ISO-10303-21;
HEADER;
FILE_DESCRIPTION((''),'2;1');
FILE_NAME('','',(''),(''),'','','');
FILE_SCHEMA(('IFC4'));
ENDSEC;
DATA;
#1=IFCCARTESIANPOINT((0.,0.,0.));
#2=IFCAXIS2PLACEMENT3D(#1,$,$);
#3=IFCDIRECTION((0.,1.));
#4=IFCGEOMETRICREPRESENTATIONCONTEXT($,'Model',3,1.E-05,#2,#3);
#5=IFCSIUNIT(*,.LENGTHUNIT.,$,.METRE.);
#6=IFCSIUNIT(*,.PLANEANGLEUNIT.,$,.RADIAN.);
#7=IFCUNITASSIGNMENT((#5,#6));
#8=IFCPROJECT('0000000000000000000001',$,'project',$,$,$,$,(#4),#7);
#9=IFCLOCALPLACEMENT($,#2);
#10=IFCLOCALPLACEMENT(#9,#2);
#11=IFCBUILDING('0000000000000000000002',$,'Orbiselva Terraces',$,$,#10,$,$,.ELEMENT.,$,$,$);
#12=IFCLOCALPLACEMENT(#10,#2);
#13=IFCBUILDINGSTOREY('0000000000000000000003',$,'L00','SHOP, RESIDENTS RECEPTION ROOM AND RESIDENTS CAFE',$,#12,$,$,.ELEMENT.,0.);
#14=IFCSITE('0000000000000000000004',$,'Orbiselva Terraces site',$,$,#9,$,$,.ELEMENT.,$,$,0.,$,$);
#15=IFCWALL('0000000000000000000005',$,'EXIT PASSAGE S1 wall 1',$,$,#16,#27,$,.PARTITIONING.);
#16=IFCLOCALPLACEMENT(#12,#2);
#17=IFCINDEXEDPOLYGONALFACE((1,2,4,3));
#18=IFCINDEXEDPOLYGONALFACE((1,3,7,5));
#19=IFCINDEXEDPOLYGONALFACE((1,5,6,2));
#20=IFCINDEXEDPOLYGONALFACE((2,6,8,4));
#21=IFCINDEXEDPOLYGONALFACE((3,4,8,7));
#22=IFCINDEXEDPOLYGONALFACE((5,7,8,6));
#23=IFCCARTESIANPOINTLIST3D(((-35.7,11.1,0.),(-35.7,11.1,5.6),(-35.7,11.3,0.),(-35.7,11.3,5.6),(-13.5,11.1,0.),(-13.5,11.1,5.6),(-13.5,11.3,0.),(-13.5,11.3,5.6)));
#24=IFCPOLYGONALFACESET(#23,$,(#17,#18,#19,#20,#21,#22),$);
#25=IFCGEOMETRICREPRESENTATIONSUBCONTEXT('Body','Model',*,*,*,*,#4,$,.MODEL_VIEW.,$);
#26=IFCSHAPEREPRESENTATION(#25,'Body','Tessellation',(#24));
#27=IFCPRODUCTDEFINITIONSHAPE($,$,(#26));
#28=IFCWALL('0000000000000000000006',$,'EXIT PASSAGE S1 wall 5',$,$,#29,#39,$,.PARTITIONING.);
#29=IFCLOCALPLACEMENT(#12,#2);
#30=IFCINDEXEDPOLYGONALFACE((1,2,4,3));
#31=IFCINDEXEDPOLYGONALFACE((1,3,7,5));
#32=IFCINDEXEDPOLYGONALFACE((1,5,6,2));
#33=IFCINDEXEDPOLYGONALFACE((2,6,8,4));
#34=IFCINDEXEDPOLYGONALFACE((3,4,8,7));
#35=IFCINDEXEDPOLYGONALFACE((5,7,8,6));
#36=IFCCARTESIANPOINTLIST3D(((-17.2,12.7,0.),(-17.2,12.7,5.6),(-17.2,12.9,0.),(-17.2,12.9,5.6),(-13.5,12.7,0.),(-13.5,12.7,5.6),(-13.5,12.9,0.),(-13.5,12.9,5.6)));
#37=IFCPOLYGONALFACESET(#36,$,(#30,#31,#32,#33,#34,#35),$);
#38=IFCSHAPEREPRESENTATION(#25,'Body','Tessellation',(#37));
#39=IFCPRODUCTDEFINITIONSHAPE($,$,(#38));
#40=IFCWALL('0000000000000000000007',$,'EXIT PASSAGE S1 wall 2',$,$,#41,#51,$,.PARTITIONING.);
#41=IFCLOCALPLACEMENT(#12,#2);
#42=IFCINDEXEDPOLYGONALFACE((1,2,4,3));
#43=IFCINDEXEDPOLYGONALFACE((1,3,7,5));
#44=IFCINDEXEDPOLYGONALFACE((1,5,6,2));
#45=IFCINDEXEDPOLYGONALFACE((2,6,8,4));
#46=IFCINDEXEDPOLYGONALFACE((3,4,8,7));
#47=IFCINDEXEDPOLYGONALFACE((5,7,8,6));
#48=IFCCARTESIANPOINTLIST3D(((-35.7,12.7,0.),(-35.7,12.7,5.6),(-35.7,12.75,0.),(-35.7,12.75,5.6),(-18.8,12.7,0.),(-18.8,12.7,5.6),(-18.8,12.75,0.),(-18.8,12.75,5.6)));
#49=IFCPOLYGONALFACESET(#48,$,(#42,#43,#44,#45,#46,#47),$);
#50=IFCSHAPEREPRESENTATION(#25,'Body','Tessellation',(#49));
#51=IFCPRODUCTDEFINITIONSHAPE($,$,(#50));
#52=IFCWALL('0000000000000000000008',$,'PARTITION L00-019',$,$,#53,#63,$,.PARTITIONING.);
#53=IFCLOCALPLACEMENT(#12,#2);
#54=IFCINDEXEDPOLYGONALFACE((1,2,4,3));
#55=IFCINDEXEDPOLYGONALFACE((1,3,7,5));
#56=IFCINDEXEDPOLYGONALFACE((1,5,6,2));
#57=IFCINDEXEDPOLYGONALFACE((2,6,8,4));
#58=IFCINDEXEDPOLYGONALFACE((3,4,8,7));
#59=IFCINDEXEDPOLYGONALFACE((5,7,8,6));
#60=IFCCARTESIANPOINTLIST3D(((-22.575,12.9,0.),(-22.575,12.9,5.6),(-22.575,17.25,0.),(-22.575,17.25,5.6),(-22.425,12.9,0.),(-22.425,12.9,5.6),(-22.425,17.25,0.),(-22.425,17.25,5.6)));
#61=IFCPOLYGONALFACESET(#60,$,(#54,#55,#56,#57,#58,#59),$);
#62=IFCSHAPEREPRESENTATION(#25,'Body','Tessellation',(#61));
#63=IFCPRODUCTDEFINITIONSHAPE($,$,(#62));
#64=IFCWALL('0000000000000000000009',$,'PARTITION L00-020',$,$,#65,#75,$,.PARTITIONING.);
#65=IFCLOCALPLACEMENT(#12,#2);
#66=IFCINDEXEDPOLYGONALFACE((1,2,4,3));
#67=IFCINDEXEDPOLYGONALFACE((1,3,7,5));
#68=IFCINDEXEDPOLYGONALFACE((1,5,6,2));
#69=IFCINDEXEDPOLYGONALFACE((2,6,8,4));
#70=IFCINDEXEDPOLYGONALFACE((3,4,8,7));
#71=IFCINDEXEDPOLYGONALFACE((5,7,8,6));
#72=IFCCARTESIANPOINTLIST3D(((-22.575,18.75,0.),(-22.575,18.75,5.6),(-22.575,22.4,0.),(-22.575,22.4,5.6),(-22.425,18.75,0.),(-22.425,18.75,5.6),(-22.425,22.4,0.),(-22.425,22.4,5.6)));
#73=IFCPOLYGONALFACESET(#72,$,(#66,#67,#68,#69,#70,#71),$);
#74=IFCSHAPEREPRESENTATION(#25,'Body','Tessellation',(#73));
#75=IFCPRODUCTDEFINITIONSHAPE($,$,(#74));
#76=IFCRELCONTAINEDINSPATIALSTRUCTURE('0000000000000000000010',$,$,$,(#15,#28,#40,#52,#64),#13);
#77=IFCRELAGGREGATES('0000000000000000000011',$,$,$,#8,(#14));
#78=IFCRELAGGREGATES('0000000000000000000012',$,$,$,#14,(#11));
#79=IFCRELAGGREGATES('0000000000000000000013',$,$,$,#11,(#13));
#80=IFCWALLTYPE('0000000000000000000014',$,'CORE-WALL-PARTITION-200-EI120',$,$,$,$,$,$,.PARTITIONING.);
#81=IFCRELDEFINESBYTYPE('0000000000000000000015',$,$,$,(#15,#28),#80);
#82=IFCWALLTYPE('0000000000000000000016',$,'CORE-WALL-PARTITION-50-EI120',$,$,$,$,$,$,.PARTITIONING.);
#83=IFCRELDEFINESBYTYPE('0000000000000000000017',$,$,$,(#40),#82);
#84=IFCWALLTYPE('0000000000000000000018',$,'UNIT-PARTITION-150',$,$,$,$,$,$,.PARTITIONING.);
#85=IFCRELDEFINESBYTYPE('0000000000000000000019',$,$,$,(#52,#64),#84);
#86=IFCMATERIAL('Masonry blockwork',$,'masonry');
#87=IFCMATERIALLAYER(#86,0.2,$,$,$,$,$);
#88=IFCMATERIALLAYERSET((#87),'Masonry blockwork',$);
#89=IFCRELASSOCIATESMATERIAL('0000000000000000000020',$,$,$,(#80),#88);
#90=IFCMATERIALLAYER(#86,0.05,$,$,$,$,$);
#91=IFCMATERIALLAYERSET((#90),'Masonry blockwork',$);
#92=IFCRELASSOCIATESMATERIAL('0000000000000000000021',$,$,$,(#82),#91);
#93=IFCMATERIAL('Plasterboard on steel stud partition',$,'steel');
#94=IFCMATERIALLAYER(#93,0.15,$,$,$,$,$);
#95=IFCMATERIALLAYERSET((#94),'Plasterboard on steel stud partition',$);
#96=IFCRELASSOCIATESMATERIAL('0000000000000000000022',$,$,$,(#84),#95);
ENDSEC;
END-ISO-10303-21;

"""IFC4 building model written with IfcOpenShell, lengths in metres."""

from ifc_helpers import new_model, si_unit, direction, frame, frame_2d, origin, place, context, subcontext, project, spatial, rectangle, extrude, material, layer, layer_set, type_object, element, save


model = new_model("IFC4")

# Units and contexts
model_context = context("Model", 3, precision=1e-05, world=origin(), true_north=direction((0.0, 1.0)))
body_context = subcontext(model_context, "Body", "Model", "MODEL_VIEW")
ifc_project = project(units=[si_unit("LENGTHUNIT", "METRE"), si_unit("PLANEANGLEUNIT", "RADIAN")], contexts=[model_context])

# Site, building, storey
site_placement = place(None, origin())
site = spatial("IfcSite", under=ifc_project, at=site_placement, Name="Orbiselva Terraces site", CompositionType="ELEMENT", RefElevation=0.0)
building_placement = place(site_placement, origin())
building = spatial("IfcBuilding", under=site, at=building_placement, Name="Orbiselva Terraces", CompositionType="ELEMENT")
storey_placement = place(building_placement, origin())
storey = spatial("IfcBuildingStorey", under=building, at=storey_placement, Name="L00", Description="SHOP, RESIDENTS RECEPTION ROOM AND RESIDENTS CAFE", CompositionType="ELEMENT", Elevation=0.0)

# Walls
ifc_material_1 = material(Name="Masonry blockwork", Category="masonry")
ifc_layer_1 = layer(ifc_material_1, 0.2)
ifc_layer_set_1 = layer_set([ifc_layer_1], Name="Masonry blockwork")
wall_type_1 = type_object("IfcWallType", Name="CORE-WALL-PARTITION-200-EI120", PredefinedType="PARTITIONING", material=ifc_layer_set_1)
wall_1_placement = place(storey_placement, frame((-35.7, 11.2, 0.0), z_axis=(0.0, 0.0, 1.0), x_axis=(1.0, 0.0, 0.0)))
element("IfcWall", 1, at=wall_1_placement, inside=storey, type_object=wall_type_1, Name="EXIT PASSAGE S1 wall 1", PredefinedType="PARTITIONING", context=body_context, shape_type="SweptSolid", body=[
    extrude(rectangle(XDim=22.2, YDim=0.2, at=frame_2d((11.1, 0.0))), origin(), (0.0, 0.0, 1.0), 5.6),
])
wall_2_placement = place(storey_placement, frame((-17.2, 12.8, 0.0), z_axis=(0.0, 0.0, 1.0), x_axis=(1.0, 0.0, 0.0)))
element("IfcWall", 2, at=wall_2_placement, inside=storey, type_object=wall_type_1, Name="EXIT PASSAGE S1 wall 5", PredefinedType="PARTITIONING", context=body_context, shape_type="SweptSolid", body=[
    extrude(rectangle(XDim=3.7, YDim=0.2, at=frame_2d((1.85, 0.0))), origin(), (0.0, 0.0, 1.0), 5.6),
])
ifc_layer_2 = layer(ifc_material_1, 0.05)
ifc_layer_set_2 = layer_set([ifc_layer_2], Name="Masonry blockwork")
wall_type_2 = type_object("IfcWallType", Name="CORE-WALL-PARTITION-50-EI120", PredefinedType="PARTITIONING", material=ifc_layer_set_2)
wall_3_placement = place(storey_placement, frame((-35.7, 12.725, 0.0), z_axis=(0.0, 0.0, 1.0), x_axis=(1.0, 0.0, 0.0)))
element("IfcWall", 3, at=wall_3_placement, inside=storey, type_object=wall_type_2, Name="EXIT PASSAGE S1 wall 2", PredefinedType="PARTITIONING", context=body_context, shape_type="SweptSolid", body=[
    extrude(rectangle(XDim=16.9, YDim=0.05, at=frame_2d((8.45, 0.0))), origin(), (0.0, 0.0, 1.0), 5.6),
])
ifc_material_2 = material(Name="Plasterboard on steel stud partition", Category="steel")
ifc_layer_3 = layer(ifc_material_2, 0.15)
ifc_layer_set_3 = layer_set([ifc_layer_3], Name="Plasterboard on steel stud partition")
wall_type_3 = type_object("IfcWallType", Name="UNIT-PARTITION-150", PredefinedType="PARTITIONING", material=ifc_layer_set_3)
wall_4_placement = place(storey_placement, frame((-22.5, 12.9, 0.0), z_axis=(0.0, 0.0, 1.0), x_axis=(0.0, 1.0, 0.0)))
element("IfcWall", 4, at=wall_4_placement, inside=storey, type_object=wall_type_3, Name="PARTITION L00-019", PredefinedType="PARTITIONING", context=body_context, shape_type="SweptSolid", body=[
    extrude(rectangle(XDim=4.35, YDim=0.15, at=frame_2d((2.175, 0.0))), origin(), (0.0, 0.0, 1.0), 5.6),
])
wall_5_placement = place(storey_placement, frame((-22.5, 18.75, 0.0), z_axis=(0.0, 0.0, 1.0), x_axis=(0.0, 1.0, 0.0)))
element("IfcWall", 5, at=wall_5_placement, inside=storey, type_object=wall_type_3, Name="PARTITION L00-020", PredefinedType="PARTITIONING", context=body_context, shape_type="SweptSolid", body=[
    extrude(rectangle(XDim=3.65, YDim=0.15, at=frame_2d((1.825, 0.0))), origin(), (0.0, 0.0, 1.0), 5.6),
])

save(model, "model.ifc")
